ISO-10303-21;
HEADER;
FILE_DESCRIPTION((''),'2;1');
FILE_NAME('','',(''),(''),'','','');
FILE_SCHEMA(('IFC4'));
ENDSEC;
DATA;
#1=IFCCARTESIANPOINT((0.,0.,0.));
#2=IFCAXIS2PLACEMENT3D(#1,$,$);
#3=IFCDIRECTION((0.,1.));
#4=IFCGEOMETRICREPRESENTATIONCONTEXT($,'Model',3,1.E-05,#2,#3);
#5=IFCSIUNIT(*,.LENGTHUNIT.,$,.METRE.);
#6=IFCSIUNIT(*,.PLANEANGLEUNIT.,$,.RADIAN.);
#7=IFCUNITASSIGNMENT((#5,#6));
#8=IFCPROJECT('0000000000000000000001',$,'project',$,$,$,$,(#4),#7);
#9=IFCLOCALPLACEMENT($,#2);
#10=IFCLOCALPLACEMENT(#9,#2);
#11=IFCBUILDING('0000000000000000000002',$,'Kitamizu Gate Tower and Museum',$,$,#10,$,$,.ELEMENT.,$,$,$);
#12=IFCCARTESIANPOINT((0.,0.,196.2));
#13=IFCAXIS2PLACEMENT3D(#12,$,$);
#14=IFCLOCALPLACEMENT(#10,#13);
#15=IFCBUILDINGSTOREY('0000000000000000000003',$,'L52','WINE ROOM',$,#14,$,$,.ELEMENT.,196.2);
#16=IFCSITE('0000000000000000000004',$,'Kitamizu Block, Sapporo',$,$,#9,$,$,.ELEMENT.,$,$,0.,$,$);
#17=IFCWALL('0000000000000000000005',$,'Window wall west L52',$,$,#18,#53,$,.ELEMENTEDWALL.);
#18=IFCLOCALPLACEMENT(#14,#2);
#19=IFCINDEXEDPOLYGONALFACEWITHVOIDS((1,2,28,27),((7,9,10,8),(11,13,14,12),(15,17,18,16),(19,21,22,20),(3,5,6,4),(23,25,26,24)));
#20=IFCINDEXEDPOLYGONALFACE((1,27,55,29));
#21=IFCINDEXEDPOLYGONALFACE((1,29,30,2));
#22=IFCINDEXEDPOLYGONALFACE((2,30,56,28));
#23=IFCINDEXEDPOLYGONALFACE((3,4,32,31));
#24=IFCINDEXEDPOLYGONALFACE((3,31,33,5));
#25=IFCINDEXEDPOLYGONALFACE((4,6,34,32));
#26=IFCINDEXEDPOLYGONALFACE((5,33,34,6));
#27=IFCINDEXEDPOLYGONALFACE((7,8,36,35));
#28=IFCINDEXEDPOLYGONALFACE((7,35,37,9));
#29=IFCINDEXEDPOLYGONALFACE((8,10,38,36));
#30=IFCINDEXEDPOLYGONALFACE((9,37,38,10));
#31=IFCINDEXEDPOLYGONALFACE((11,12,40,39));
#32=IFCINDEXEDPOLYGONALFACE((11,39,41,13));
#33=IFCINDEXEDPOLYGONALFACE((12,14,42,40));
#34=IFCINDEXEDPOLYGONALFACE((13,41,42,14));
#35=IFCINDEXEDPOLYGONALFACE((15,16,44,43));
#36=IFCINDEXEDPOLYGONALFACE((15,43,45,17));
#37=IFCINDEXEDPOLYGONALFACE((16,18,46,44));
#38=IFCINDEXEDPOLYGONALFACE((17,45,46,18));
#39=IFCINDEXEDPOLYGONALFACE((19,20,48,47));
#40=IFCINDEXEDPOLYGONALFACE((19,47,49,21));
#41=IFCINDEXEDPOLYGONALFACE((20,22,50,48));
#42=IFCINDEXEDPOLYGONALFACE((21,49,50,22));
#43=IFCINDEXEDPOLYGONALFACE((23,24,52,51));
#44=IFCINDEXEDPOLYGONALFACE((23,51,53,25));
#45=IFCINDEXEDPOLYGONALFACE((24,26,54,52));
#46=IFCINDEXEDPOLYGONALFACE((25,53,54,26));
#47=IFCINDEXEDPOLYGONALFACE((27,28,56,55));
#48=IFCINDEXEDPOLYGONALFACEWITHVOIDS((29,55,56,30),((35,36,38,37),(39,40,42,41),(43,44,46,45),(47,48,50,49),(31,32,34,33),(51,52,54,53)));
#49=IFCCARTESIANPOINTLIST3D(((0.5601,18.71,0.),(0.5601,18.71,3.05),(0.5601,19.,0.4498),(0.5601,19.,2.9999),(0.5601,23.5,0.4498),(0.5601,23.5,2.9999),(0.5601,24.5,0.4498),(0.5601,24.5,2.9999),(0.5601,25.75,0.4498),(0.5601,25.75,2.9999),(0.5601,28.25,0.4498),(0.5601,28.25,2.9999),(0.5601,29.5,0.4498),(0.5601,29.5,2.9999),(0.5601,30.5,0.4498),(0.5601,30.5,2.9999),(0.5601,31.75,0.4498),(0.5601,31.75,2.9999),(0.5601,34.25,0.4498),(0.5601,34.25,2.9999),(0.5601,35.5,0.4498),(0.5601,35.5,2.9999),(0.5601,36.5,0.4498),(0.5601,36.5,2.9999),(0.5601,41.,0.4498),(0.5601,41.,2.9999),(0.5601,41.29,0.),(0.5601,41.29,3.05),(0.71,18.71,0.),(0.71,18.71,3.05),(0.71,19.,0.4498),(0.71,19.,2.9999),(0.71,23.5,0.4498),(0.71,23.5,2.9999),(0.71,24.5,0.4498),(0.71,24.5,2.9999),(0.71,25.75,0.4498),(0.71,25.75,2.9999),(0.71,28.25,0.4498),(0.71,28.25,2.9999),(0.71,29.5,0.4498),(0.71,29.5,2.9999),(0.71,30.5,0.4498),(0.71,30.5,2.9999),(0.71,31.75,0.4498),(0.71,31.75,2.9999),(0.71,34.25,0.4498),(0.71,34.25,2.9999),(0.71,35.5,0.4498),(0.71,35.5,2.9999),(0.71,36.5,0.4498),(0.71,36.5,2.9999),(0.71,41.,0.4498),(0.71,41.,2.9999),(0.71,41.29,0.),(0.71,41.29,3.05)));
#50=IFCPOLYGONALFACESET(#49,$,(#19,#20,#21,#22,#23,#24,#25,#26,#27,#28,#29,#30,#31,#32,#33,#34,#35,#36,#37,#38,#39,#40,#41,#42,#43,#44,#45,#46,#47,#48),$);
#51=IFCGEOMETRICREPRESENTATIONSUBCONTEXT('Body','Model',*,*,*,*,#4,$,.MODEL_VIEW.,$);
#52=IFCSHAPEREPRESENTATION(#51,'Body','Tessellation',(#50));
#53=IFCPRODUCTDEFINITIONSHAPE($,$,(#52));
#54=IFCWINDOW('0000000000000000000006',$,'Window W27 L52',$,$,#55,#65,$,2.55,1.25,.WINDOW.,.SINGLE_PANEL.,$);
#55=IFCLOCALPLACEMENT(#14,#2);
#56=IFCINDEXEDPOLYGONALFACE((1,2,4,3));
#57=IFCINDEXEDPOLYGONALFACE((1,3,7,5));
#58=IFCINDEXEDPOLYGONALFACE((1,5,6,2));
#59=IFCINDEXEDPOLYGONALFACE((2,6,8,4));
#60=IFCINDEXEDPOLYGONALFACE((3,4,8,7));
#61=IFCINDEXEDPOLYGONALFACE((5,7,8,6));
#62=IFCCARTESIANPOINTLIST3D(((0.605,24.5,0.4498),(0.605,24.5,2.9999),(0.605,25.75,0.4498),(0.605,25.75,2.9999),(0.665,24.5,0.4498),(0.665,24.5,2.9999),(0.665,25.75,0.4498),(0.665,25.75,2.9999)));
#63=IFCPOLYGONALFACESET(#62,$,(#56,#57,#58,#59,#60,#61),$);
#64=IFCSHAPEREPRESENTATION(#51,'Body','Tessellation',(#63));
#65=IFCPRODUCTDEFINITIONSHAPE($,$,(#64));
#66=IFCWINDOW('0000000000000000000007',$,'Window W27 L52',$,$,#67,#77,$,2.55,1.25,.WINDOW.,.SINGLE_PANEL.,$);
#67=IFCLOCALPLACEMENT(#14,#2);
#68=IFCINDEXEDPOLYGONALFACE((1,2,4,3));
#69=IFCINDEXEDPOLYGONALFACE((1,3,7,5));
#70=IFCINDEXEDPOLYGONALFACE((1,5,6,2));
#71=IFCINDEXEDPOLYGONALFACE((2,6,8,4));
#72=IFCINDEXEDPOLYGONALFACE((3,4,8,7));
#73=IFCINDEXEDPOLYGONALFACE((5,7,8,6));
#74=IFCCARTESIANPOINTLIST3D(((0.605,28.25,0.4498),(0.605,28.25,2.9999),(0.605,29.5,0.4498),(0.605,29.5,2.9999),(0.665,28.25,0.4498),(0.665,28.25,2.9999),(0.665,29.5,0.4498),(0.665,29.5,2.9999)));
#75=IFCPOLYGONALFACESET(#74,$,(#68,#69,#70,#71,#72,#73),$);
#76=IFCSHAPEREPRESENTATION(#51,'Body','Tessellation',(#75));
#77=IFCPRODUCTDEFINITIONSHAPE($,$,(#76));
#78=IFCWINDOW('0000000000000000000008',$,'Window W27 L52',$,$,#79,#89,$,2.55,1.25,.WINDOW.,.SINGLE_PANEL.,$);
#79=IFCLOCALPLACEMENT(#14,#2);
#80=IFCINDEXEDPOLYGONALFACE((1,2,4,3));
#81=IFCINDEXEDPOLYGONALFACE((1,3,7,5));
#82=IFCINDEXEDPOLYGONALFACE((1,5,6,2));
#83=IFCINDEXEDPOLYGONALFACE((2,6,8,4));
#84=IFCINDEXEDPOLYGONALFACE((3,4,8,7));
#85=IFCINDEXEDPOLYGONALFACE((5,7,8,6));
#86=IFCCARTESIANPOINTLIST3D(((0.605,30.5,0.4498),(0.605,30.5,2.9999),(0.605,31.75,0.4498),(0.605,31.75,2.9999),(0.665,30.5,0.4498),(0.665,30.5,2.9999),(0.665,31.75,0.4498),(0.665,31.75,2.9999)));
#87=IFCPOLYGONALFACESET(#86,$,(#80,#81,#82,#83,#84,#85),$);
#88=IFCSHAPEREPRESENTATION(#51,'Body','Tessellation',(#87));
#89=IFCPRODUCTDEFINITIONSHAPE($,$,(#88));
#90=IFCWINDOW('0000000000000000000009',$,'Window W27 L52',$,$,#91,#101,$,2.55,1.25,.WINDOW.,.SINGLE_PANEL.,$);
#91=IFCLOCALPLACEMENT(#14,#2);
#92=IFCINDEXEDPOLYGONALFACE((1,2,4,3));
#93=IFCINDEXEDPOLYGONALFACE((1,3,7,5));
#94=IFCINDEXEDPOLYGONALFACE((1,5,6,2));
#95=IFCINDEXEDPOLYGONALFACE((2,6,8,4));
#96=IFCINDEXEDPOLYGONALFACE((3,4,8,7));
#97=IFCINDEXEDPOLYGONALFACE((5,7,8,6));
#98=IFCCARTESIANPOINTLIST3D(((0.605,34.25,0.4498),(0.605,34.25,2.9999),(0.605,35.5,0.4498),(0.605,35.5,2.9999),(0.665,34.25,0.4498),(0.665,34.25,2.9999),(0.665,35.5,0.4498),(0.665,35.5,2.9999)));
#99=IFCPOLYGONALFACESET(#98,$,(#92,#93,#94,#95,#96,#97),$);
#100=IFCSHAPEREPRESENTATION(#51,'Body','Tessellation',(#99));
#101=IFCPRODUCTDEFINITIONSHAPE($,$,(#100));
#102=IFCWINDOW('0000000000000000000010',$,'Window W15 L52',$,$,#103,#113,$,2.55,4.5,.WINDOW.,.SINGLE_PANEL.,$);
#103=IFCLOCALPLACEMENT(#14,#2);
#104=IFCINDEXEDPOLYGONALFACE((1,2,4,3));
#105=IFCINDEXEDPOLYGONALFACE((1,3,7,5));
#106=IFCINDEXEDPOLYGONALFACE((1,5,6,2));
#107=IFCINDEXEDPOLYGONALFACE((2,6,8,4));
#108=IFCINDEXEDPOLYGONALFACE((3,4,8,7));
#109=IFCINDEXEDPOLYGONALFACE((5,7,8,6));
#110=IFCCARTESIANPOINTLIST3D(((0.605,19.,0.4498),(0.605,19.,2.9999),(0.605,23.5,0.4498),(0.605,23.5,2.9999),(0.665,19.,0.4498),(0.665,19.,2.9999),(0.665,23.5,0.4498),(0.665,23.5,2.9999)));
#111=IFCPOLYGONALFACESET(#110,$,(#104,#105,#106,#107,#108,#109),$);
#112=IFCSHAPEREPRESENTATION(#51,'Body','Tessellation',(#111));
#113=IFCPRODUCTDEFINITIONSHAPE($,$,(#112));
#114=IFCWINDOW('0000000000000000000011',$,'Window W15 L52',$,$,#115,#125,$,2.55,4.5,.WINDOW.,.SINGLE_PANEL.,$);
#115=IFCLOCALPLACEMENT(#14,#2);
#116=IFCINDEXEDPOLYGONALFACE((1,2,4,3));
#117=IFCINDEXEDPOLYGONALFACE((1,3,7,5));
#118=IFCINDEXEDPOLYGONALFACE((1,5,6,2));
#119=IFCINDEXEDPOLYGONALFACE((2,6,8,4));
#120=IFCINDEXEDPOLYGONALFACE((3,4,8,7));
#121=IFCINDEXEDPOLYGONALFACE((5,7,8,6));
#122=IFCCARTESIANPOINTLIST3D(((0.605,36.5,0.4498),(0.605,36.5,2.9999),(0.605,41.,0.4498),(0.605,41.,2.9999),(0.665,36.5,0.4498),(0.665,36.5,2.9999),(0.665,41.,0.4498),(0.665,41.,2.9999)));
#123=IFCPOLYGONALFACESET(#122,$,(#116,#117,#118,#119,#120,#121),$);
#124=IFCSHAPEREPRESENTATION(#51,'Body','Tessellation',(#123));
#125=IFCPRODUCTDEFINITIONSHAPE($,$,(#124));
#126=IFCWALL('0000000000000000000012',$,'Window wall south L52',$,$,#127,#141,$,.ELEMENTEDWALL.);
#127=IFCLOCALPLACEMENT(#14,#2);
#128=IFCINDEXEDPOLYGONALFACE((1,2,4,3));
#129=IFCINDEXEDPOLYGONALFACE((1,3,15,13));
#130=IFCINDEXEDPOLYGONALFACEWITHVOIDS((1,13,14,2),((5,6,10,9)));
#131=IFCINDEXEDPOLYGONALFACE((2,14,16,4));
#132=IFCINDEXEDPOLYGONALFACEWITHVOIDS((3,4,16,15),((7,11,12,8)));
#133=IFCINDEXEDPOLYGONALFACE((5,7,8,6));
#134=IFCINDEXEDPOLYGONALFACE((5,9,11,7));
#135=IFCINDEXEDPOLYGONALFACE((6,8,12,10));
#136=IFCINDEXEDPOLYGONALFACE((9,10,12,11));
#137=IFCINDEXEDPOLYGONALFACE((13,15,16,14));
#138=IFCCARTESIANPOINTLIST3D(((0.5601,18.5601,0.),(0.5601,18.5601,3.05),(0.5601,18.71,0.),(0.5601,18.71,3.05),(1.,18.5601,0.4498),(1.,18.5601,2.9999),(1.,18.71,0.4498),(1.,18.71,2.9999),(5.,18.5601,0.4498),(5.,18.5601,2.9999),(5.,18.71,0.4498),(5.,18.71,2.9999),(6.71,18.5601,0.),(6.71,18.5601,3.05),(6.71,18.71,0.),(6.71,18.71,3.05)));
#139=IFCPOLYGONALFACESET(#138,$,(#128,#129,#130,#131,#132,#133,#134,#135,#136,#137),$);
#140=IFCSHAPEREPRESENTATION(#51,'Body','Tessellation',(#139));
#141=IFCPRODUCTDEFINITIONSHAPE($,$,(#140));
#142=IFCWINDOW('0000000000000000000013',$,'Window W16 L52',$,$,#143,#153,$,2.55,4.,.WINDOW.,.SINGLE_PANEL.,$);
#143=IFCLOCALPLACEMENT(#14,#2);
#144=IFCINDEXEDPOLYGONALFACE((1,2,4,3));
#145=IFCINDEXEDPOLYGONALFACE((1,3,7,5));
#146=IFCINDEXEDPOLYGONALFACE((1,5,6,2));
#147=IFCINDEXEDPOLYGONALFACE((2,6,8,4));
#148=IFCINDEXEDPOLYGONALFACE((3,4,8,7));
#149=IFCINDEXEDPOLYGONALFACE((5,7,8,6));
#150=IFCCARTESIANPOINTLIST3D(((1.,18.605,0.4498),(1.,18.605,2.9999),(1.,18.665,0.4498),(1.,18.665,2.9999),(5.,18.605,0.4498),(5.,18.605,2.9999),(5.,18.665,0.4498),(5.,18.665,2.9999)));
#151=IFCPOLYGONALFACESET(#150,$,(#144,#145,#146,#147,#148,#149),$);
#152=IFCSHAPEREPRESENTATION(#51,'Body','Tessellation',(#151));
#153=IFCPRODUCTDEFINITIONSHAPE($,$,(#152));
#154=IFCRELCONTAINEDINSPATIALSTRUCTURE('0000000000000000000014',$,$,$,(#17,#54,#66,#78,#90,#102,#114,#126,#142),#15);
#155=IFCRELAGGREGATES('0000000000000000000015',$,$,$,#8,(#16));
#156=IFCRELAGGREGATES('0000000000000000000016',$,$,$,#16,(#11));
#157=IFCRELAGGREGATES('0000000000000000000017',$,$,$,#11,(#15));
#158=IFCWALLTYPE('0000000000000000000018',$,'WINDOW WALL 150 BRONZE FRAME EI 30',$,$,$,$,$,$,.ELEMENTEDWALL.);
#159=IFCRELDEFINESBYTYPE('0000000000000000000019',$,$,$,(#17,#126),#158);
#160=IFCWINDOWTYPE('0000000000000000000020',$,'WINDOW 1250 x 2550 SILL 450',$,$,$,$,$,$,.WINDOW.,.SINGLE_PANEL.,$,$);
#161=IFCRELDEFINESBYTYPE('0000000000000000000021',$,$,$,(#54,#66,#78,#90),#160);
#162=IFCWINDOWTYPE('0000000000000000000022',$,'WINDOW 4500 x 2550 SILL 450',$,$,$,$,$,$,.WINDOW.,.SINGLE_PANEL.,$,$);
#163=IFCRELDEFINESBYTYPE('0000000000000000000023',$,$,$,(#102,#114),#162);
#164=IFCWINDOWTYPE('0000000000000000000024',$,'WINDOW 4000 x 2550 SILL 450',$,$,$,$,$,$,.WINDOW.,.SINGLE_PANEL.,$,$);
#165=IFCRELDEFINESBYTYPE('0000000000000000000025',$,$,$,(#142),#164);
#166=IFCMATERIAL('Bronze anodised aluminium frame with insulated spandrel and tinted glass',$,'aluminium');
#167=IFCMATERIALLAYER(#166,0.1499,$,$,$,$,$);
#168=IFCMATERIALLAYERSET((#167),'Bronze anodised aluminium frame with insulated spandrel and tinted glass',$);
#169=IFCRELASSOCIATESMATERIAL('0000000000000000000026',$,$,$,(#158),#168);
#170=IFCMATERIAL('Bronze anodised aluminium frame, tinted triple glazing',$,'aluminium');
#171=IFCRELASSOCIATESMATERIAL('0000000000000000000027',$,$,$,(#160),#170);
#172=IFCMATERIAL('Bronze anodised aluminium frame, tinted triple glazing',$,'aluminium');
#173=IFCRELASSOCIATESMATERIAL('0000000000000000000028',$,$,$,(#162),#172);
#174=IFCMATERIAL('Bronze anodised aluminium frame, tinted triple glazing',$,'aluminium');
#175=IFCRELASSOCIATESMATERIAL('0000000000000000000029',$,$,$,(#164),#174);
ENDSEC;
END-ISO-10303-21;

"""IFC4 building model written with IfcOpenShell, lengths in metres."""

from ifc_helpers import new_model, si_unit, direction, frame, frame_2d, origin, place, context, subcontext, project, spatial, rectangle, extrude, material, layer, layer_set, type_object, element, fill, save


model = new_model("IFC4")

# Units and contexts
model_context = context("Model", 3, precision=1e-05, world=origin(), true_north=direction((0.0, 1.0)))
body_context = subcontext(model_context, "Body", "Model", "MODEL_VIEW")
ifc_project = project(units=[si_unit("LENGTHUNIT", "METRE"), si_unit("PLANEANGLEUNIT", "RADIAN")], contexts=[model_context])

# Site, building, storey
site_placement = place(None, origin())
site = spatial("IfcSite", under=ifc_project, at=site_placement, Name="Kitamizu Block, Sapporo", CompositionType="ELEMENT", RefElevation=0.0)
building_placement = place(site_placement, origin())
building = spatial("IfcBuilding", under=site, at=building_placement, Name="Kitamizu Gate Tower and Museum", CompositionType="ELEMENT")
storey_placement = place(building_placement, frame((0.0, 0.0, 196.2)))
storey = spatial("IfcBuildingStorey", under=building, at=storey_placement, Name="L52", Description="WINE ROOM", CompositionType="ELEMENT", Elevation=196.2)

# Wall, openings, windows
ifc_material_1 = material(Name="Bronze anodised aluminium frame with insulated spandrel and tinted glass", Category="aluminium")
ifc_layer_1 = layer(ifc_material_1, 0.1499)
ifc_layer_set_1 = layer_set([ifc_layer_1], Name="Bronze anodised aluminium frame with insulated spandrel and tinted glass")
wall_type_1 = type_object("IfcWallType", Name="WINDOW WALL 150 BRONZE FRAME EI 30", PredefinedType="ELEMENTEDWALL", material=ifc_layer_set_1)
wall_1_placement = place(storey_placement, frame((0.635, 18.71, 0.0), z_axis=(0.0, 0.0, 1.0), x_axis=(0.0, 1.0, 0.0)))
wall_1 = element("IfcWall", 1, at=wall_1_placement, inside=storey, type_object=wall_type_1, Name="Window wall west L52", PredefinedType="ELEMENTEDWALL", context=body_context, shape_type="SweptSolid", body=[
    extrude(rectangle(XDim=22.5801, YDim=0.1499, at=frame_2d((11.29, 0.0))), origin(), (0.0, 0.0, 1.0), 3.05),
])
opening_1_placement = place(wall_1_placement, frame((0.29, 0.0, 0.45)))
opening_1 = element("IfcOpeningElement", 2, at=opening_1_placement, cuts=wall_1, PredefinedType="OPENING", context=body_context, shape_type="SweptSolid", body=[
    extrude(rectangle(XDim=4.5, YDim=2.55, at=frame_2d((2.25, 1.2749))), frame((0.0, 0.085, 0.0), z_axis=(0.0, -1.0, 0.0), x_axis=(1.0, 0.0, 0.0)), (0.0, 0.0, 1.0), 0.1699),
])
opening_2_placement = place(wall_1_placement, frame((5.79, 0.0, 0.45)))
opening_2 = element("IfcOpeningElement", 3, at=opening_2_placement, cuts=wall_1, PredefinedType="OPENING", context=body_context, shape_type="SweptSolid", body=[
    extrude(rectangle(XDim=1.25, YDim=2.55, at=frame_2d((0.625, 1.2749))), frame((0.0, 0.085, 0.0), z_axis=(0.0, -1.0, 0.0), x_axis=(1.0, 0.0, 0.0)), (0.0, 0.0, 1.0), 0.1699),
])
opening_3_placement = place(wall_1_placement, frame((9.54, 0.0, 0.45)))
opening_3 = element("IfcOpeningElement", 4, at=opening_3_placement, cuts=wall_1, PredefinedType="OPENING", context=body_context, shape_type="SweptSolid", body=[
    extrude(rectangle(XDim=1.25, YDim=2.55, at=frame_2d((0.625, 1.2749))), frame((0.0, 0.085, 0.0), z_axis=(0.0, -1.0, 0.0), x_axis=(1.0, 0.0, 0.0)), (0.0, 0.0, 1.0), 0.1699),
])
opening_4_placement = place(wall_1_placement, frame((11.79, 0.0, 0.45)))
opening_4 = element("IfcOpeningElement", 5, at=opening_4_placement, cuts=wall_1, PredefinedType="OPENING", context=body_context, shape_type="SweptSolid", body=[
    extrude(rectangle(XDim=1.25, YDim=2.55, at=frame_2d((0.625, 1.2749))), frame((0.0, 0.085, 0.0), z_axis=(0.0, -1.0, 0.0), x_axis=(1.0, 0.0, 0.0)), (0.0, 0.0, 1.0), 0.1699),
])
opening_5_placement = place(wall_1_placement, frame((15.54, 0.0, 0.45)))
opening_5 = element("IfcOpeningElement", 6, at=opening_5_placement, cuts=wall_1, PredefinedType="OPENING", context=body_context, shape_type="SweptSolid", body=[
    extrude(rectangle(XDim=1.25, YDim=2.55, at=frame_2d((0.625, 1.2749))), frame((0.0, 0.085, 0.0), z_axis=(0.0, -1.0, 0.0), x_axis=(1.0, 0.0, 0.0)), (0.0, 0.0, 1.0), 0.1699),
])
opening_6_placement = place(wall_1_placement, frame((17.79, 0.0, 0.45)))
opening_6 = element("IfcOpeningElement", 7, at=opening_6_placement, cuts=wall_1, PredefinedType="OPENING", context=body_context, shape_type="SweptSolid", body=[
    extrude(rectangle(XDim=4.5, YDim=2.55, at=frame_2d((2.25, 1.2749))), frame((0.0, 0.085, 0.0), z_axis=(0.0, -1.0, 0.0), x_axis=(1.0, 0.0, 0.0)), (0.0, 0.0, 1.0), 0.1699),
])
ifc_material_2 = material(Name="Bronze anodised aluminium frame, tinted triple glazing", Category="aluminium")
window_type_1 = type_object("IfcWindowType", Name="WINDOW 1250 x 2550 SILL 450", PartitioningType="SINGLE_PANEL", PredefinedType="WINDOW", material=ifc_material_2)
window_1_placement = place(opening_2_placement, origin())
window_1 = element("IfcWindow", 8, at=window_1_placement, inside=storey, type_object=window_type_1, Name="Window W27 L52", OverallHeight=2.55, OverallWidth=1.25, PartitioningType="SINGLE_PANEL", PredefinedType="WINDOW", context=body_context, shape_type="SweptSolid", body=[
    extrude(rectangle(XDim=1.25, YDim=2.55, at=frame_2d((0.625, 1.2749))), frame((0.0, 0.03, 0.0), z_axis=(0.0, -1.0, 0.0), x_axis=(1.0, 0.0, 0.0)), (0.0, 0.0, 1.0), 0.0601),
])
fill(opening_2, window_1)
window_2_placement = place(opening_3_placement, origin())
window_2 = element("IfcWindow", 9, at=window_2_placement, inside=storey, type_object=window_type_1, Name="Window W27 L52", OverallHeight=2.55, OverallWidth=1.25, PartitioningType="SINGLE_PANEL", PredefinedType="WINDOW", context=body_context, shape_type="SweptSolid", body=[
    extrude(rectangle(XDim=1.25, YDim=2.55, at=frame_2d((0.625, 1.2749))), frame((0.0, 0.03, 0.0), z_axis=(0.0, -1.0, 0.0), x_axis=(1.0, 0.0, 0.0)), (0.0, 0.0, 1.0), 0.0601),
])
fill(opening_3, window_2)
window_3_placement = place(opening_4_placement, origin())
window_3 = element("IfcWindow", 10, at=window_3_placement, inside=storey, type_object=window_type_1, Name="Window W27 L52", OverallHeight=2.55, OverallWidth=1.25, PartitioningType="SINGLE_PANEL", PredefinedType="WINDOW", context=body_context, shape_type="SweptSolid", body=[
    extrude(rectangle(XDim=1.25, YDim=2.55, at=frame_2d((0.625, 1.2749))), frame((0.0, 0.03, 0.0), z_axis=(0.0, -1.0, 0.0), x_axis=(1.0, 0.0, 0.0)), (0.0, 0.0, 1.0), 0.0601),
])
fill(opening_4, window_3)
window_4_placement = place(opening_5_placement, origin())
window_4 = element("IfcWindow", 11, at=window_4_placement, inside=storey, type_object=window_type_1, Name="Window W27 L52", OverallHeight=2.55, OverallWidth=1.25, PartitioningType="SINGLE_PANEL", PredefinedType="WINDOW", context=body_context, shape_type="SweptSolid", body=[
    extrude(rectangle(XDim=1.25, YDim=2.55, at=frame_2d((0.625, 1.2749))), frame((0.0, 0.03, 0.0), z_axis=(0.0, -1.0, 0.0), x_axis=(1.0, 0.0, 0.0)), (0.0, 0.0, 1.0), 0.0601),
])
fill(opening_5, window_4)
ifc_material_3 = material(Name="Bronze anodised aluminium frame, tinted triple glazing", Category="aluminium")
window_type_2 = type_object("IfcWindowType", Name="WINDOW 4500 x 2550 SILL 450", PartitioningType="SINGLE_PANEL", PredefinedType="WINDOW", material=ifc_material_3)
window_5_placement = place(opening_1_placement, origin())
window_5 = element("IfcWindow", 12, at=window_5_placement, inside=storey, type_object=window_type_2, Name="Window W15 L52", OverallHeight=2.55, OverallWidth=4.5, PartitioningType="SINGLE_PANEL", PredefinedType="WINDOW", context=body_context, shape_type="SweptSolid", body=[
    extrude(rectangle(XDim=4.5, YDim=2.55, at=frame_2d((2.25, 1.2749))), frame((0.0, 0.03, 0.0), z_axis=(0.0, -1.0, 0.0), x_axis=(1.0, 0.0, 0.0)), (0.0, 0.0, 1.0), 0.0601),
])
fill(opening_1, window_5)
window_6_placement = place(opening_6_placement, origin())
window_6 = element("IfcWindow", 13, at=window_6_placement, inside=storey, type_object=window_type_2, Name="Window W15 L52", OverallHeight=2.55, OverallWidth=4.5, PartitioningType="SINGLE_PANEL", PredefinedType="WINDOW", context=body_context, shape_type="SweptSolid", body=[
    extrude(rectangle(XDim=4.5, YDim=2.55, at=frame_2d((2.25, 1.2749))), frame((0.0, 0.03, 0.0), z_axis=(0.0, -1.0, 0.0), x_axis=(1.0, 0.0, 0.0)), (0.0, 0.0, 1.0), 0.0601),
])
fill(opening_6, window_6)

# Wall, opening, window
wall_2_placement = place(storey_placement, frame((0.5601, 18.635, 0.0), z_axis=(0.0, 0.0, 1.0), x_axis=(1.0, 0.0, 0.0)))
wall_2 = element("IfcWall", 14, at=wall_2_placement, inside=storey, type_object=wall_type_1, Name="Window wall south L52", PredefinedType="ELEMENTEDWALL", context=body_context, shape_type="SweptSolid", body=[
    extrude(rectangle(XDim=6.1499, YDim=0.1499, at=frame_2d((3.075, 0.0))), origin(), (0.0, 0.0, 1.0), 3.05),
])
opening_7_placement = place(wall_2_placement, frame((0.4399, 0.0, 0.45)))
opening_7 = element("IfcOpeningElement", 15, at=opening_7_placement, cuts=wall_2, PredefinedType="OPENING", context=body_context, shape_type="SweptSolid", body=[
    extrude(rectangle(XDim=4.0, YDim=2.55, at=frame_2d((2.0, 1.2749))), frame((0.0, 0.085, 0.0), z_axis=(0.0, -1.0, 0.0), x_axis=(1.0, 0.0, 0.0)), (0.0, 0.0, 1.0), 0.1699),
])
ifc_material_4 = material(Name="Bronze anodised aluminium frame, tinted triple glazing", Category="aluminium")
window_type_3 = type_object("IfcWindowType", Name="WINDOW 4000 x 2550 SILL 450", PartitioningType="SINGLE_PANEL", PredefinedType="WINDOW", material=ifc_material_4)
window_7_placement = place(opening_7_placement, origin())
window_7 = element("IfcWindow", 16, at=window_7_placement, inside=storey, type_object=window_type_3, Name="Window W16 L52", OverallHeight=2.55, OverallWidth=4.0, PartitioningType="SINGLE_PANEL", PredefinedType="WINDOW", context=body_context, shape_type="SweptSolid", body=[
    extrude(rectangle(XDim=4.0, YDim=2.55, at=frame_2d((2.0, 1.2749))), frame((0.0, 0.03, 0.0), z_axis=(0.0, -1.0, 0.0), x_axis=(1.0, 0.0, 0.0)), (0.0, 0.0, 1.0), 0.0601),
])
fill(opening_7, window_7)

save(model, "model.ifc")
